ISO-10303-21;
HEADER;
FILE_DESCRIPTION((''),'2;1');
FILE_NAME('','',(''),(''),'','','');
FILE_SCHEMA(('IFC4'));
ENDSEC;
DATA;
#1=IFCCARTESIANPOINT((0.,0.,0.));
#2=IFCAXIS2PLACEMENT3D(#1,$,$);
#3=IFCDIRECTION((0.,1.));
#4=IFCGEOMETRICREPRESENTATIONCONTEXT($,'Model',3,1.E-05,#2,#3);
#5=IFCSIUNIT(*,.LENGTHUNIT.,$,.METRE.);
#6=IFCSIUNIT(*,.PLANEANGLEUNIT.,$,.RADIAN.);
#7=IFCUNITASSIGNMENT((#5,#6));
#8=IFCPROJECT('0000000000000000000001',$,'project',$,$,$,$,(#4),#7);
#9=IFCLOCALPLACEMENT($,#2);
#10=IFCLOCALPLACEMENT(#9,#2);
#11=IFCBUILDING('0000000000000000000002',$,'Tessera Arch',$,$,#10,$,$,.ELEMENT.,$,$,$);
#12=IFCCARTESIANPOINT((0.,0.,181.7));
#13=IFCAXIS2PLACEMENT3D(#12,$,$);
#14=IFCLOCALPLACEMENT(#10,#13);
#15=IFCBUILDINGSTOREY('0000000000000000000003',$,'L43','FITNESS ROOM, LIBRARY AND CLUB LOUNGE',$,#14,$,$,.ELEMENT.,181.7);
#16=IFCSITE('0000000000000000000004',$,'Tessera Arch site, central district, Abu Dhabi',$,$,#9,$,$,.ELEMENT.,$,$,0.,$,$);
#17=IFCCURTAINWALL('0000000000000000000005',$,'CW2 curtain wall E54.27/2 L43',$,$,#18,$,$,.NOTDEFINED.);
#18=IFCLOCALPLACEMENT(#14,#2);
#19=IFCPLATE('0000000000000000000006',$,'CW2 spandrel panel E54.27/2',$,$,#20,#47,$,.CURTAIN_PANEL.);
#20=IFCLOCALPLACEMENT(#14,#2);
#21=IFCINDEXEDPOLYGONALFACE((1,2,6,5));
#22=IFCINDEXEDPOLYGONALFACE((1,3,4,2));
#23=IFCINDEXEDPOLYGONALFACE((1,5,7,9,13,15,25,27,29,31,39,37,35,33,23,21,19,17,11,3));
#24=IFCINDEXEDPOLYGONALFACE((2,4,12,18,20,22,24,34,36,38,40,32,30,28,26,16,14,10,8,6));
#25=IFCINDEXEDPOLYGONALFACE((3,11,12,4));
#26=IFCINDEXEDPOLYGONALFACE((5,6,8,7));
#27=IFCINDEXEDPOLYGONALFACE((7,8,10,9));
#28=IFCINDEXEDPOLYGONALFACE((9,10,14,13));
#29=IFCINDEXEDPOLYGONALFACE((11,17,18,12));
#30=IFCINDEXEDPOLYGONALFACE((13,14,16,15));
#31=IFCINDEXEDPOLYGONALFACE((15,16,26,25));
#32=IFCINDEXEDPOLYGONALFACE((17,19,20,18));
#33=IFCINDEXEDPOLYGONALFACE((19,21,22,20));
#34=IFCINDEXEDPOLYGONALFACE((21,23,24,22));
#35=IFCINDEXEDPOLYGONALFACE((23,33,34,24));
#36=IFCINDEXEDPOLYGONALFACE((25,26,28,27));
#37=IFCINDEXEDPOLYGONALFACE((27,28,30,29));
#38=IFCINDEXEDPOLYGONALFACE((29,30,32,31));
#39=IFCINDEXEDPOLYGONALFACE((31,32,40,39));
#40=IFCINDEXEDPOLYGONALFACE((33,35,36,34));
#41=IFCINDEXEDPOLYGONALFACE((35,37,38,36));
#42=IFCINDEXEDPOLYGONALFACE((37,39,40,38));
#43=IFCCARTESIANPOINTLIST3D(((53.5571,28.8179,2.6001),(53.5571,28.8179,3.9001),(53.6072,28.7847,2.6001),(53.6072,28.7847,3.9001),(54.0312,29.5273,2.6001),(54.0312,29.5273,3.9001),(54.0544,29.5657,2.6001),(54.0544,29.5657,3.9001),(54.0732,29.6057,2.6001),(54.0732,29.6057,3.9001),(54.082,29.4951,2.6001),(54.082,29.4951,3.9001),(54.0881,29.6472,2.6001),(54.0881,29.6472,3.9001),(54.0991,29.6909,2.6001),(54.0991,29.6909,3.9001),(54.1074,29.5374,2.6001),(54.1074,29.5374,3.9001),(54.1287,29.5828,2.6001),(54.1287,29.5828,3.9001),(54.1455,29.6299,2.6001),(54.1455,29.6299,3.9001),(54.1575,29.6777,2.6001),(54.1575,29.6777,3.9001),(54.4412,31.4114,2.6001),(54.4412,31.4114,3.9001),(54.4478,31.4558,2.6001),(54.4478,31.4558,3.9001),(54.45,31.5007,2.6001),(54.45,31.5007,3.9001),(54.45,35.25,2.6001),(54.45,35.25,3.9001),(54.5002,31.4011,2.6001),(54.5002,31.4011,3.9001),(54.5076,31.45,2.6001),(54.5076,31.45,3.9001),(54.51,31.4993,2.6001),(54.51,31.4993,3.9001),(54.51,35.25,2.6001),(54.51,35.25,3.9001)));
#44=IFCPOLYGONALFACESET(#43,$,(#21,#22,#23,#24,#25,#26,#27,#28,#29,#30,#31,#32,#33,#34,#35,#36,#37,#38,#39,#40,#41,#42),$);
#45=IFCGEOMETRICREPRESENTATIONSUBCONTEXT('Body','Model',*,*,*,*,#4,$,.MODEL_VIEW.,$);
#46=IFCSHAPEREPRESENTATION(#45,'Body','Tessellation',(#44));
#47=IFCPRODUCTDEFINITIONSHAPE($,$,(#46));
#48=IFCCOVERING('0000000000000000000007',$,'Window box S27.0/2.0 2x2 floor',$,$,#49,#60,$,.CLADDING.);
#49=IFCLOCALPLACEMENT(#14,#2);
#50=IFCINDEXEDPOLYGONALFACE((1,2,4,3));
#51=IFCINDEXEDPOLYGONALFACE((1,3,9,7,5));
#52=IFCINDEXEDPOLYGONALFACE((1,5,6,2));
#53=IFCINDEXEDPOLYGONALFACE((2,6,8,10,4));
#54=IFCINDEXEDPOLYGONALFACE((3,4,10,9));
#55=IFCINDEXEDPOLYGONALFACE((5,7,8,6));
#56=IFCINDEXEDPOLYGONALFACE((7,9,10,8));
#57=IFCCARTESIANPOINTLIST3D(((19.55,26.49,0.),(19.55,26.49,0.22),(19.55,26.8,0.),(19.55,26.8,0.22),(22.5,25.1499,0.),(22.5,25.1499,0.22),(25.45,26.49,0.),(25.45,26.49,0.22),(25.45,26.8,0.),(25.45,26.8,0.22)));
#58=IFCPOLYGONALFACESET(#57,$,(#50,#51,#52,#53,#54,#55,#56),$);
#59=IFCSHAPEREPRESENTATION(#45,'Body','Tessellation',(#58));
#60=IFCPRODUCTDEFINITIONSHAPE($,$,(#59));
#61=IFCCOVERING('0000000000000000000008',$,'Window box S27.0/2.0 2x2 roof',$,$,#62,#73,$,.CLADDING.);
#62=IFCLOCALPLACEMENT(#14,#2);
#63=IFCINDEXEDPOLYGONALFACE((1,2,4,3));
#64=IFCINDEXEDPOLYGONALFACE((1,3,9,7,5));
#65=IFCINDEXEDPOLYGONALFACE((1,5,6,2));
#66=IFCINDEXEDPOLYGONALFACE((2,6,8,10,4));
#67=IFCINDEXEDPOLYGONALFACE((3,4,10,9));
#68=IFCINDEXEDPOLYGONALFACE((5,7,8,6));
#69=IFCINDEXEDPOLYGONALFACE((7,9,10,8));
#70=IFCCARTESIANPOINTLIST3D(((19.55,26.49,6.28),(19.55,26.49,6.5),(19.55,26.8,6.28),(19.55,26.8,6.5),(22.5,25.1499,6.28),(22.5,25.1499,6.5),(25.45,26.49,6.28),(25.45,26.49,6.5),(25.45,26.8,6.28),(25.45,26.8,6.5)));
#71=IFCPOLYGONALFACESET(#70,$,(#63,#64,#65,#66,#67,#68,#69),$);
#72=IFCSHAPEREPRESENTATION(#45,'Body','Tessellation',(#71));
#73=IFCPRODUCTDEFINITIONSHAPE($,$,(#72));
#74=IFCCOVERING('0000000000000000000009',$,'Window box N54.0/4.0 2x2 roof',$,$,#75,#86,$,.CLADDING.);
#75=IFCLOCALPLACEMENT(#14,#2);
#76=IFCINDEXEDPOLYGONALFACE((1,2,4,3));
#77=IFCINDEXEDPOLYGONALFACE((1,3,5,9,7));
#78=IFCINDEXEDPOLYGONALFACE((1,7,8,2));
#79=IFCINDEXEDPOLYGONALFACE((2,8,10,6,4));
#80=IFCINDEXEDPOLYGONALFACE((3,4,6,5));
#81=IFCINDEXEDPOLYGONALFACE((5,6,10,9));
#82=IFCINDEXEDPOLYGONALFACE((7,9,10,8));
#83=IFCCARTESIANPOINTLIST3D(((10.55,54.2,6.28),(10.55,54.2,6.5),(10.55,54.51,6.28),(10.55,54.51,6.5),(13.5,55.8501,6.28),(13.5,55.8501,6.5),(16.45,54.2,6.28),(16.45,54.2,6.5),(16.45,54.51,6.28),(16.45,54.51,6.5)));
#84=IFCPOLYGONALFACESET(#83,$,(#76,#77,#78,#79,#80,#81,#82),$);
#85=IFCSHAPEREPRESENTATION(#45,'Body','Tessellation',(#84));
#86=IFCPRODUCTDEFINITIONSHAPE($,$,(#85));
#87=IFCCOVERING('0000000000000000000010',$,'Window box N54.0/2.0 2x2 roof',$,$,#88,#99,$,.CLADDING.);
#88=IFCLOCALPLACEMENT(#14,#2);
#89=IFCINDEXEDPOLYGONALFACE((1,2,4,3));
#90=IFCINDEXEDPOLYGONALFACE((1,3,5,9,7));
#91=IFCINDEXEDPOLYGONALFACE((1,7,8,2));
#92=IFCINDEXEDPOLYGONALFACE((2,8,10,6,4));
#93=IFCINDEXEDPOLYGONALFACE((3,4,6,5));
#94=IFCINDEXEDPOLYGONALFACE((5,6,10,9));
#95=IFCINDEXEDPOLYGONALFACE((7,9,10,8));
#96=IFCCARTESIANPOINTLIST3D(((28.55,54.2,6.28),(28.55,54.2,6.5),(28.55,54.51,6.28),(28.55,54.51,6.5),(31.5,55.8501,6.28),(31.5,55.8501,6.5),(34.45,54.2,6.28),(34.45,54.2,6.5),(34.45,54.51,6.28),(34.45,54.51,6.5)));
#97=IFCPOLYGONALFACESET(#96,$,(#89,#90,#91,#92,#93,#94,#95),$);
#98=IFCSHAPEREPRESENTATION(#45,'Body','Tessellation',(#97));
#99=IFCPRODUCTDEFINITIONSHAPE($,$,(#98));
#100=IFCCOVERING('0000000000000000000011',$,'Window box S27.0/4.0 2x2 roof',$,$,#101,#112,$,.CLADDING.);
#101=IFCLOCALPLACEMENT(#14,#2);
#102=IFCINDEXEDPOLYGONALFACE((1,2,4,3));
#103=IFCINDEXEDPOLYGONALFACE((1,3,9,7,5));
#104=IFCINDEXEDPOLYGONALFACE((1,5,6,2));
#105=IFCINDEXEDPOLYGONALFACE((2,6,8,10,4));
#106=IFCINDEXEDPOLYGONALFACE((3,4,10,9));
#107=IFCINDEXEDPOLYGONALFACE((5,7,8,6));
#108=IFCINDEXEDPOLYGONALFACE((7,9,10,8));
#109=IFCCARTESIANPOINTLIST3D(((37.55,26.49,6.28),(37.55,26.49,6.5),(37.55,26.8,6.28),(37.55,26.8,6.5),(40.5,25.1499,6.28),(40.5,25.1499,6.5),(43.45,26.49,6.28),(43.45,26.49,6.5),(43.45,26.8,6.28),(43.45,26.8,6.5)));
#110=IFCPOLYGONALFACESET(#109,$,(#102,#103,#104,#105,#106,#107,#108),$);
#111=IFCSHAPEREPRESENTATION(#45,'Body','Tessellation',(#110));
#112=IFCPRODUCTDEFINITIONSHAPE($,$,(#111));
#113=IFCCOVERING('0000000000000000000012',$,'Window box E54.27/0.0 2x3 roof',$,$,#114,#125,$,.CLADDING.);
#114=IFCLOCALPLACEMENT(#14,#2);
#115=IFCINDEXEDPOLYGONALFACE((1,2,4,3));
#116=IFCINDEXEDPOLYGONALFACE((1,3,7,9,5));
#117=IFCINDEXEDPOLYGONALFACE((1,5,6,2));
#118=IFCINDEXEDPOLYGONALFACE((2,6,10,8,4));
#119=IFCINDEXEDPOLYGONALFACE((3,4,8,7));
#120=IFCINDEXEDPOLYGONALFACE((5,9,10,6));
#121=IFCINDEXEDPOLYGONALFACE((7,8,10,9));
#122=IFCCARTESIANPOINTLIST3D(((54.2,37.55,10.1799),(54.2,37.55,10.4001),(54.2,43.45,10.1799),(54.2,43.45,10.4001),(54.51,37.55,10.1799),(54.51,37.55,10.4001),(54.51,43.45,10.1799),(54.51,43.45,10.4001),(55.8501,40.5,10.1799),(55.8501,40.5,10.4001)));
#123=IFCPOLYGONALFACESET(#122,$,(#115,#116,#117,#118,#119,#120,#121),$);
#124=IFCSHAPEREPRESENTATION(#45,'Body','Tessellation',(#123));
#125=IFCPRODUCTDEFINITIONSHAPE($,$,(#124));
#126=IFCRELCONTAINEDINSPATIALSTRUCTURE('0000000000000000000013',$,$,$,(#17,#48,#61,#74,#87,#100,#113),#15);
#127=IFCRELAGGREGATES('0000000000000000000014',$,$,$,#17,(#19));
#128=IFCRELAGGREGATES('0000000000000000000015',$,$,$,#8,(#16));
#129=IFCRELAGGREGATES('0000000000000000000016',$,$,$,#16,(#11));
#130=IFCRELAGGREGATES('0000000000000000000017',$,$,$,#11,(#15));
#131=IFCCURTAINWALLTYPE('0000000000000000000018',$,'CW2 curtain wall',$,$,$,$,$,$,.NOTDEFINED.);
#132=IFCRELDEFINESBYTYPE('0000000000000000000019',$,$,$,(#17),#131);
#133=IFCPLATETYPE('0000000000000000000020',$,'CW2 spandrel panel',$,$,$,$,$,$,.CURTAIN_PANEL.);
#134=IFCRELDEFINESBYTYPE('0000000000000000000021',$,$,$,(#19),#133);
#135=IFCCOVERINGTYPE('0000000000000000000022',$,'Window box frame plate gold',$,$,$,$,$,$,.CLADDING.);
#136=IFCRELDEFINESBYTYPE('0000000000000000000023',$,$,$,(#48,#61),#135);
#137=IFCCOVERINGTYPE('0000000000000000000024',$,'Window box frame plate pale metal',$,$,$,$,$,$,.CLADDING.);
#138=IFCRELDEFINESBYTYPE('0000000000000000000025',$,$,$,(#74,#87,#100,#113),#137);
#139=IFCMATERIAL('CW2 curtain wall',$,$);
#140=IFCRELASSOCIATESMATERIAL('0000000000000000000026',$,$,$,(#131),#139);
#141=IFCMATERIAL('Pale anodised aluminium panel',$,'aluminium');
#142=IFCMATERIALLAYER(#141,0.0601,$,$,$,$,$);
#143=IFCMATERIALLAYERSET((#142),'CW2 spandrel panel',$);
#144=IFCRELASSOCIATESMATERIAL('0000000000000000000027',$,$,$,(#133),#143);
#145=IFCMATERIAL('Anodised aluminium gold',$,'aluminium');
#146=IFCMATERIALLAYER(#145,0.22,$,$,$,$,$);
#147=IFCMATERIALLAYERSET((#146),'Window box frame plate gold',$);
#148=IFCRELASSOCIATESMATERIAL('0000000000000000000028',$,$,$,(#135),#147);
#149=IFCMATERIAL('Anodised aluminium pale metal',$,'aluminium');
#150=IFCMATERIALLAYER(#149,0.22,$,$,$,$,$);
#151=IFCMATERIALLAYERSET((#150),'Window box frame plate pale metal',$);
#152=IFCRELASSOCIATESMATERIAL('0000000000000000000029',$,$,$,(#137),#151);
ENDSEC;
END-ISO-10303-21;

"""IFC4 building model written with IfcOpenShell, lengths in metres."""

from ifc_helpers import new_model, si_unit, direction, frame, origin, place, context, subcontext, project, spatial, polyline, outline, extrude, material, layer, layer_set, type_object, element, aggregate, save


model = new_model("IFC4")

# Units and contexts
model_context = context("Model", 3, precision=1e-05, world=origin(), true_north=direction((0.0, 1.0)))
body_context = subcontext(model_context, "Body", "Model", "MODEL_VIEW")
ifc_project = project(units=[si_unit("LENGTHUNIT", "METRE"), si_unit("PLANEANGLEUNIT", "RADIAN")], contexts=[model_context])

# Site, building, storey
site_placement = place(None, origin())
site = spatial("IfcSite", under=ifc_project, at=site_placement, Name="Tessera Arch site, central district, Abu Dhabi", CompositionType="ELEMENT", RefElevation=0.0)
building_placement = place(site_placement, origin())
building = spatial("IfcBuilding", under=site, at=building_placement, Name="Tessera Arch", CompositionType="ELEMENT")
storey_placement = place(building_placement, frame((0.0, 0.0, 181.7)))
storey = spatial("IfcBuildingStorey", under=building, at=storey_placement, Name="L43", Description="FITNESS ROOM, LIBRARY AND CLUB LOUNGE", CompositionType="ELEMENT", Elevation=181.7)

# Curtain wall
ifc_material_1 = material(Name="CW2 curtain wall")
curtain_wall_type = type_object("IfcCurtainWallType", Name="CW2 curtain wall", PredefinedType="NOTDEFINED", material=ifc_material_1)
curtain_wall_1_placement = place(storey_placement, origin())
curtain_wall_1 = element("IfcCurtainWall", 1, at=curtain_wall_1_placement, inside=storey, type_object=curtain_wall_type, Name="CW2 curtain wall E54.27/2 L43", PredefinedType="NOTDEFINED")

# Plate
ifc_material_2 = material(Name="Pale anodised aluminium panel", Category="aluminium")
ifc_layer_1 = layer(ifc_material_2, 0.0601)
ifc_layer_set_1 = layer_set([ifc_layer_1], Name="CW2 spandrel panel")
plate_type = type_object("IfcPlateType", Name="CW2 spandrel panel", PredefinedType="CURTAIN_PANEL", material=ifc_layer_set_1)
plate_1_placement = place(storey_placement, frame((0.0, 0.0, 2.6001)))
plate_1 = element("IfcPlate", 2, at=plate_1_placement, type_object=plate_type, Name="CW2 spandrel panel E54.27/2", PredefinedType="CURTAIN_PANEL", context=body_context, shape_type="SweptSolid", body=[
    extrude(outline(polyline([(54.0312, 29.5273), (53.5571, 28.8179), (53.6072, 28.7847), (54.082, 29.4951), (54.1074, 29.5374), (54.1287, 29.5828), (54.1455, 29.6299), (54.1575, 29.6777), (54.5002, 31.4011), (54.5076, 31.45), (54.51, 31.4993), (54.51, 35.25), (54.45, 35.25), (54.45, 31.5007), (54.4478, 31.4558), (54.4412, 31.4114), (54.0991, 29.6909), (54.0881, 29.6472), (54.0732, 29.6057), (54.0544, 29.5657), (54.0312, 29.5273)])), origin(), (0.0, 0.0, 1.0), 1.3),
])
aggregate(curtain_wall_1, [plate_1])

# Coverings
ifc_material_3 = material(Name="Anodised aluminium gold", Category="aluminium")
ifc_layer_2 = layer(ifc_material_3, 0.22)
ifc_layer_set_2 = layer_set([ifc_layer_2], Name="Window box frame plate gold")
covering_type_1 = type_object("IfcCoveringType", Name="Window box frame plate gold", PredefinedType="CLADDING", material=ifc_layer_set_2)
for number, where, name in (
    (3, (0.0, 0.0, 0.0), "Window box S27.0/2.0 2x2 floor"),
    (4, (0.0, 0.0, 6.28), "Window box S27.0/2.0 2x2 roof"),
):
    element("IfcCovering", number, at=place(storey_placement, frame(where)), inside=storey, type_object=covering_type_1, Name=name, PredefinedType="CLADDING", context=body_context, shape_type="SweptSolid", body=[
        extrude(outline(polyline([(19.55, 26.49), (22.5, 25.1499), (25.45, 26.49), (25.45, 26.8), (19.55, 26.8), (19.55, 26.49)])), origin(), (0.0, 0.0, 1.0), 0.22),
    ])
ifc_material_4 = material(Name="Anodised aluminium pale metal", Category="aluminium")
ifc_layer_3 = layer(ifc_material_4, 0.22)
ifc_layer_set_3 = layer_set([ifc_layer_3], Name="Window box frame plate pale metal")
covering_type_2 = type_object("IfcCoveringType", Name="Window box frame plate pale metal", PredefinedType="CLADDING", material=ifc_layer_set_3)
covering_1_placement = place(storey_placement, frame((0.0, 0.0, 6.28)))
element("IfcCovering", 5, at=covering_1_placement, inside=storey, type_object=covering_type_2, Name="Window box N54.0/4.0 2x2 roof", PredefinedType="CLADDING", context=body_context, shape_type="SweptSolid", body=[
    extrude(outline(polyline([(16.45, 54.51), (13.5, 55.8501), (10.55, 54.51), (10.55, 54.2), (16.45, 54.2), (16.45, 54.51)])), origin(), (0.0, 0.0, 1.0), 0.22),
])
covering_2_placement = place(storey_placement, frame((0.0, 0.0, 6.28)))
element("IfcCovering", 6, at=covering_2_placement, inside=storey, type_object=covering_type_2, Name="Window box N54.0/2.0 2x2 roof", PredefinedType="CLADDING", context=body_context, shape_type="SweptSolid", body=[
    extrude(outline(polyline([(34.45, 54.51), (31.5, 55.8501), (28.55, 54.51), (28.55, 54.2), (34.45, 54.2), (34.45, 54.51)])), origin(), (0.0, 0.0, 1.0), 0.22),
])
covering_3_placement = place(storey_placement, frame((0.0, 0.0, 6.28)))
element("IfcCovering", 7, at=covering_3_placement, inside=storey, type_object=covering_type_2, Name="Window box S27.0/4.0 2x2 roof", PredefinedType="CLADDING", context=body_context, shape_type="SweptSolid", body=[
    extrude(outline(polyline([(37.55, 26.49), (40.5, 25.1499), (43.45, 26.49), (43.45, 26.8), (37.55, 26.8), (37.55, 26.49)])), origin(), (0.0, 0.0, 1.0), 0.22),
])
covering_4_placement = place(storey_placement, frame((0.0, 0.0, 10.1799)))
element("IfcCovering", 8, at=covering_4_placement, inside=storey, type_object=covering_type_2, Name="Window box E54.27/0.0 2x3 roof", PredefinedType="CLADDING", context=body_context, shape_type="SweptSolid", body=[
    extrude(outline(polyline([(54.51, 37.55), (55.8501, 40.5), (54.51, 43.45), (54.2, 43.45), (54.2, 37.55), (54.51, 37.55)])), origin(), (0.0, 0.0, 1.0), 0.2202),
])

save(model, "model.ifc")
